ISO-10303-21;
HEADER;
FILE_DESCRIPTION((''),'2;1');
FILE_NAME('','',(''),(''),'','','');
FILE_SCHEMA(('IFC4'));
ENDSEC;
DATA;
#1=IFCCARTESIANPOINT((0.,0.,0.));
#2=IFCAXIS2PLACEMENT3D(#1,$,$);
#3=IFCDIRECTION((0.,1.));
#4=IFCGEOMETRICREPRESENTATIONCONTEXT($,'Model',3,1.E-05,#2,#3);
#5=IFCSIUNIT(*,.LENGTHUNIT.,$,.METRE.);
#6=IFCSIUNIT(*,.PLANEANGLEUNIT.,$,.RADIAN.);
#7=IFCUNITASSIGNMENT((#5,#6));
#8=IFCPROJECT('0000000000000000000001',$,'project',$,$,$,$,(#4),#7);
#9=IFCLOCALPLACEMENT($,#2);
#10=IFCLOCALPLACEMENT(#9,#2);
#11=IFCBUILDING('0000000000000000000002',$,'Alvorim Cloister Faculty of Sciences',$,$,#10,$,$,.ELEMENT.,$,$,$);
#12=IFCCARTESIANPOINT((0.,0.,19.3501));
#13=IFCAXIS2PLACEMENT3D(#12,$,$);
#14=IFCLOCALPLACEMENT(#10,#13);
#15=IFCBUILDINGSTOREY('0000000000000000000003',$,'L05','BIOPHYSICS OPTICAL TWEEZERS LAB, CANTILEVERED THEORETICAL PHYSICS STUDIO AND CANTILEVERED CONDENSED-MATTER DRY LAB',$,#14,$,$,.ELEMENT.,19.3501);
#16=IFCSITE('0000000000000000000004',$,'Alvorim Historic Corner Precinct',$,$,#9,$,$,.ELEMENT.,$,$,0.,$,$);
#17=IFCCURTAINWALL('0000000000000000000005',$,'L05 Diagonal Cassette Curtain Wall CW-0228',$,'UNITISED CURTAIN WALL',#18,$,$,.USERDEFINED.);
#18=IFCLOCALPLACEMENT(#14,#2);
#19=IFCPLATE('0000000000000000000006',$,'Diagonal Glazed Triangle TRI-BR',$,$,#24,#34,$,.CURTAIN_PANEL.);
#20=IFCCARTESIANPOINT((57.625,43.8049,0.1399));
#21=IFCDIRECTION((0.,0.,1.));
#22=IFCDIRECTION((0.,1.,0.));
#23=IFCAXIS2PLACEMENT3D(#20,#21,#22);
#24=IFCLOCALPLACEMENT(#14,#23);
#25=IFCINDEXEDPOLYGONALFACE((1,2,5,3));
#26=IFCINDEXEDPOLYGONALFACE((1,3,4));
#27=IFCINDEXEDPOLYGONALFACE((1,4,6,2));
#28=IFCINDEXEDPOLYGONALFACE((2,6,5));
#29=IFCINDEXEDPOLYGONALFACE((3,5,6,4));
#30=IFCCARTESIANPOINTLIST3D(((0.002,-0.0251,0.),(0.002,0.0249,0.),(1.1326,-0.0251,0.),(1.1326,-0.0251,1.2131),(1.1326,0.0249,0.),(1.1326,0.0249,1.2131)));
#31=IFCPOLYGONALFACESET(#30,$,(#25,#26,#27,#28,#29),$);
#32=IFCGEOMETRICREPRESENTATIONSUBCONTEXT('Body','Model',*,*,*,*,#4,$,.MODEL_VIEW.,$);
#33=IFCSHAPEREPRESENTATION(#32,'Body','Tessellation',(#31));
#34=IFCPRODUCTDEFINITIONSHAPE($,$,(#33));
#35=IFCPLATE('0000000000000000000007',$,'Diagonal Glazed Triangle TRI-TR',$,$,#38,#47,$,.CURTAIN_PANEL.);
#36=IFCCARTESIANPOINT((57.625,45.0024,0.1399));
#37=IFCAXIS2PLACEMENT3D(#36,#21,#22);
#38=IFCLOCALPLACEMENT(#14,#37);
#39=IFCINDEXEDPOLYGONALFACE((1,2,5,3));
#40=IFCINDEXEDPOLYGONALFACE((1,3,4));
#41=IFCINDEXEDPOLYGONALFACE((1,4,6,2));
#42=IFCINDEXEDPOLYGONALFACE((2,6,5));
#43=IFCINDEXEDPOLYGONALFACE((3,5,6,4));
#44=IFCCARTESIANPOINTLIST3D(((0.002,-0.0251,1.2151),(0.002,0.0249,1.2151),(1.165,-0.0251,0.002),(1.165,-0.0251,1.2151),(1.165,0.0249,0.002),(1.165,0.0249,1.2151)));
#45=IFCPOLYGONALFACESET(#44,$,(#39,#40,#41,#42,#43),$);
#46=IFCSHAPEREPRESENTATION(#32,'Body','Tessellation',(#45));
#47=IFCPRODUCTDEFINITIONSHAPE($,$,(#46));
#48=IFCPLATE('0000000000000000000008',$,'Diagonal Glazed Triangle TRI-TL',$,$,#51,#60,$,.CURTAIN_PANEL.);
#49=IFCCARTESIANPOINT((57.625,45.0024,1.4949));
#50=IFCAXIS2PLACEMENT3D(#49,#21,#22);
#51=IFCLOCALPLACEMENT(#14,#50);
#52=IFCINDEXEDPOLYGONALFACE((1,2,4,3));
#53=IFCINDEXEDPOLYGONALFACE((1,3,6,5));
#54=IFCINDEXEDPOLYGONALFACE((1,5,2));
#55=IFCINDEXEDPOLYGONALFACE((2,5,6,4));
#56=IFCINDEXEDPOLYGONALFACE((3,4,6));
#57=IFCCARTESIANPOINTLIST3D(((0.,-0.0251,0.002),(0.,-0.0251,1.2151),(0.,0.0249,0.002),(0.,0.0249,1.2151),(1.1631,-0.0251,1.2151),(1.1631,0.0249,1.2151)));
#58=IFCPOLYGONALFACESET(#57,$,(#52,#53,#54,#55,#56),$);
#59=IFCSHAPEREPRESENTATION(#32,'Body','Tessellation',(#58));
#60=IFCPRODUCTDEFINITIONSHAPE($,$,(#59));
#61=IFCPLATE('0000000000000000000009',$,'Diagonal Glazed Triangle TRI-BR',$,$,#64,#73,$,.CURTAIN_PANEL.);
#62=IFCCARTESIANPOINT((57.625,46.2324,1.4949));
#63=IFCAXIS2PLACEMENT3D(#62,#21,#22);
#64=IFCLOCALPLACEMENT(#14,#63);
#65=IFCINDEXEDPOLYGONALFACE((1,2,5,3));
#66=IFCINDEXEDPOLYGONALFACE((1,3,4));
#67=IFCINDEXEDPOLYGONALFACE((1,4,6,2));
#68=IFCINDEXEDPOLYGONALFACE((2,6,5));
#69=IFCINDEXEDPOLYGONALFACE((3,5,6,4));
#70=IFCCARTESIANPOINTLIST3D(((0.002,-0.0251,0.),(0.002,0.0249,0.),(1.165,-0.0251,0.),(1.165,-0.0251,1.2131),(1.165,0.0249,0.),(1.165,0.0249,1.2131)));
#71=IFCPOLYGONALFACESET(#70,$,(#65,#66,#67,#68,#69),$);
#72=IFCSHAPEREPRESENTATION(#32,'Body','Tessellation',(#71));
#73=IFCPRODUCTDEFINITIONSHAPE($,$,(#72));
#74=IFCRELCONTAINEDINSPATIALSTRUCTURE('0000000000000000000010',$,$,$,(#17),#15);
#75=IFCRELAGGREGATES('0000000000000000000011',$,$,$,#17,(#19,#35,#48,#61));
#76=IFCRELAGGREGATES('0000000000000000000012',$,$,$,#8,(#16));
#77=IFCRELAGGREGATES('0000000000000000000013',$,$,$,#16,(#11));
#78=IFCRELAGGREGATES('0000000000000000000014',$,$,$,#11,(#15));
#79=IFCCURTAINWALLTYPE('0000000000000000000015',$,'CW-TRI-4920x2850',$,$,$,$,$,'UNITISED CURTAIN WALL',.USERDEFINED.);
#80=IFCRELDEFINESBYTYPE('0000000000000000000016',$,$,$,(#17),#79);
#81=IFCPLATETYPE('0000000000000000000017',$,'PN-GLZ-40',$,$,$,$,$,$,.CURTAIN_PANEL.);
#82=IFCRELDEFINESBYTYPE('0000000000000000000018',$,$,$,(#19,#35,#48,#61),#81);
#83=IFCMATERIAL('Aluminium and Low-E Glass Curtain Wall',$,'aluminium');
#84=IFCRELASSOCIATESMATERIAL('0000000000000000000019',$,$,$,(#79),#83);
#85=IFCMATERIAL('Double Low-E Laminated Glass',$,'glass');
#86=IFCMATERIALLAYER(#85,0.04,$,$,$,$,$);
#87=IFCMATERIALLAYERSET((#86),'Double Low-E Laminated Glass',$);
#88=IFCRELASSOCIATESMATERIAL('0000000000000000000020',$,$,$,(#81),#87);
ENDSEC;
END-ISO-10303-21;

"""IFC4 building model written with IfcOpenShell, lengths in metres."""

from ifc_helpers import new_model, si_unit, direction, frame, origin, place, context, subcontext, project, spatial, polyline, outline, extrude, material, layer, layer_set, type_object, element, aggregate, save


model = new_model("IFC4")

# Units and contexts
model_context = context("Model", 3, precision=1e-05, world=origin(), true_north=direction((0.0, 1.0)))
body_context = subcontext(model_context, "Body", "Model", "MODEL_VIEW")
ifc_project = project(units=[si_unit("LENGTHUNIT", "METRE"), si_unit("PLANEANGLEUNIT", "RADIAN")], contexts=[model_context])

# Site, building, storey
site_placement = place(None, origin())
site = spatial("IfcSite", under=ifc_project, at=site_placement, Name="Alvorim Historic Corner Precinct", CompositionType="ELEMENT", RefElevation=0.0)
building_placement = place(site_placement, origin())
building = spatial("IfcBuilding", under=site, at=building_placement, Name="Alvorim Cloister Faculty of Sciences", CompositionType="ELEMENT")
storey_placement = place(building_placement, frame((0.0, 0.0, 19.3501)))
storey = spatial("IfcBuildingStorey", under=building, at=storey_placement, Name="L05", Description="BIOPHYSICS OPTICAL TWEEZERS LAB, CANTILEVERED THEORETICAL PHYSICS STUDIO AND CANTILEVERED CONDENSED-MATTER DRY LAB", CompositionType="ELEMENT", Elevation=19.3501)

# Curtain wall, plates
ifc_material_1 = material(Name="Aluminium and Low-E Glass Curtain Wall", Category="aluminium")
curtain_wall_type = type_object("IfcCurtainWallType", Name="CW-TRI-4920x2850", ElementType="UNITISED CURTAIN WALL", PredefinedType="USERDEFINED", material=ifc_material_1)
curtain_wall_placement = place(storey_placement, origin())
curtain_wall = element("IfcCurtainWall", 1, at=curtain_wall_placement, inside=storey, type_object=curtain_wall_type, Name="L05 Diagonal Cassette Curtain Wall CW-0228", ObjectType="UNITISED CURTAIN WALL", PredefinedType="USERDEFINED")
ifc_material_2 = material(Name="Double Low-E Laminated Glass", Category="glass")
ifc_layer_1 = layer(ifc_material_2, 0.04)
ifc_layer_set_1 = layer_set([ifc_layer_1], Name="Double Low-E Laminated Glass")
plate_type = type_object("IfcPlateType", Name="PN-GLZ-40", PredefinedType="CURTAIN_PANEL", material=ifc_layer_set_1)
plate_1_placement = place(storey_placement, frame((57.625, 43.8049, 0.1399), z_axis=(0.0, 0.0, 1.0), x_axis=(0.0, 1.0, 0.0)))
plate_1 = element("IfcPlate", 2, at=plate_1_placement, type_object=plate_type, Name="Diagonal Glazed Triangle TRI-BR", PredefinedType="CURTAIN_PANEL", context=body_context, shape_type="SweptSolid", body=[
    extrude(outline(polyline([(0.002, 0.0), (1.1326, 0.0), (1.1326, 1.2131), (0.002, 0.0)])), frame((0.0, 0.0249, 0.0), z_axis=(0.0, -1.0, 0.0), x_axis=(1.0, 0.0, 0.0)), (0.0, 0.0, 1.0), 0.05),
])
plate_2_placement = place(storey_placement, frame((57.625, 45.0024, 0.1399), z_axis=(0.0, 0.0, 1.0), x_axis=(0.0, 1.0, 0.0)))
plate_2 = element("IfcPlate", 3, at=plate_2_placement, type_object=plate_type, Name="Diagonal Glazed Triangle TRI-TR", PredefinedType="CURTAIN_PANEL", context=body_context, shape_type="SweptSolid", body=[
    extrude(outline(polyline([(1.165, 0.002), (1.165, 1.2151), (0.002, 1.2151), (1.165, 0.002)])), frame((0.0, 0.0249, 0.0), z_axis=(0.0, -1.0, 0.0), x_axis=(1.0, 0.0, 0.0)), (0.0, 0.0, 1.0), 0.05),
])
plate_3_placement = place(storey_placement, frame((57.625, 45.0024, 1.4949), z_axis=(0.0, 0.0, 1.0), x_axis=(0.0, 1.0, 0.0)))
plate_3 = element("IfcPlate", 4, at=plate_3_placement, type_object=plate_type, Name="Diagonal Glazed Triangle TRI-TL", PredefinedType="CURTAIN_PANEL", context=body_context, shape_type="SweptSolid", body=[
    extrude(outline(polyline([(1.1631, 1.2151), (0.0, 1.2151), (0.0, 0.002), (1.1631, 1.2151)])), frame((0.0, 0.0249, 0.0), z_axis=(0.0, -1.0, 0.0), x_axis=(1.0, 0.0, 0.0)), (0.0, 0.0, 1.0), 0.05),
])
plate_4_placement = place(storey_placement, frame((57.625, 46.2324, 1.4949), z_axis=(0.0, 0.0, 1.0), x_axis=(0.0, 1.0, 0.0)))
plate_4 = element("IfcPlate", 5, at=plate_4_placement, type_object=plate_type, Name="Diagonal Glazed Triangle TRI-BR", PredefinedType="CURTAIN_PANEL", context=body_context, shape_type="SweptSolid", body=[
    extrude(outline(polyline([(0.002, 0.0), (1.165, 0.0), (1.165, 1.2131), (0.002, 0.0)])), frame((0.0, 0.0249, 0.0), z_axis=(0.0, -1.0, 0.0), x_axis=(1.0, 0.0, 0.0)), (0.0, 0.0, 1.0), 0.05),
])
aggregate(curtain_wall, [plate_1, plate_2, plate_3, plate_4])

save(model, "model.ifc")
